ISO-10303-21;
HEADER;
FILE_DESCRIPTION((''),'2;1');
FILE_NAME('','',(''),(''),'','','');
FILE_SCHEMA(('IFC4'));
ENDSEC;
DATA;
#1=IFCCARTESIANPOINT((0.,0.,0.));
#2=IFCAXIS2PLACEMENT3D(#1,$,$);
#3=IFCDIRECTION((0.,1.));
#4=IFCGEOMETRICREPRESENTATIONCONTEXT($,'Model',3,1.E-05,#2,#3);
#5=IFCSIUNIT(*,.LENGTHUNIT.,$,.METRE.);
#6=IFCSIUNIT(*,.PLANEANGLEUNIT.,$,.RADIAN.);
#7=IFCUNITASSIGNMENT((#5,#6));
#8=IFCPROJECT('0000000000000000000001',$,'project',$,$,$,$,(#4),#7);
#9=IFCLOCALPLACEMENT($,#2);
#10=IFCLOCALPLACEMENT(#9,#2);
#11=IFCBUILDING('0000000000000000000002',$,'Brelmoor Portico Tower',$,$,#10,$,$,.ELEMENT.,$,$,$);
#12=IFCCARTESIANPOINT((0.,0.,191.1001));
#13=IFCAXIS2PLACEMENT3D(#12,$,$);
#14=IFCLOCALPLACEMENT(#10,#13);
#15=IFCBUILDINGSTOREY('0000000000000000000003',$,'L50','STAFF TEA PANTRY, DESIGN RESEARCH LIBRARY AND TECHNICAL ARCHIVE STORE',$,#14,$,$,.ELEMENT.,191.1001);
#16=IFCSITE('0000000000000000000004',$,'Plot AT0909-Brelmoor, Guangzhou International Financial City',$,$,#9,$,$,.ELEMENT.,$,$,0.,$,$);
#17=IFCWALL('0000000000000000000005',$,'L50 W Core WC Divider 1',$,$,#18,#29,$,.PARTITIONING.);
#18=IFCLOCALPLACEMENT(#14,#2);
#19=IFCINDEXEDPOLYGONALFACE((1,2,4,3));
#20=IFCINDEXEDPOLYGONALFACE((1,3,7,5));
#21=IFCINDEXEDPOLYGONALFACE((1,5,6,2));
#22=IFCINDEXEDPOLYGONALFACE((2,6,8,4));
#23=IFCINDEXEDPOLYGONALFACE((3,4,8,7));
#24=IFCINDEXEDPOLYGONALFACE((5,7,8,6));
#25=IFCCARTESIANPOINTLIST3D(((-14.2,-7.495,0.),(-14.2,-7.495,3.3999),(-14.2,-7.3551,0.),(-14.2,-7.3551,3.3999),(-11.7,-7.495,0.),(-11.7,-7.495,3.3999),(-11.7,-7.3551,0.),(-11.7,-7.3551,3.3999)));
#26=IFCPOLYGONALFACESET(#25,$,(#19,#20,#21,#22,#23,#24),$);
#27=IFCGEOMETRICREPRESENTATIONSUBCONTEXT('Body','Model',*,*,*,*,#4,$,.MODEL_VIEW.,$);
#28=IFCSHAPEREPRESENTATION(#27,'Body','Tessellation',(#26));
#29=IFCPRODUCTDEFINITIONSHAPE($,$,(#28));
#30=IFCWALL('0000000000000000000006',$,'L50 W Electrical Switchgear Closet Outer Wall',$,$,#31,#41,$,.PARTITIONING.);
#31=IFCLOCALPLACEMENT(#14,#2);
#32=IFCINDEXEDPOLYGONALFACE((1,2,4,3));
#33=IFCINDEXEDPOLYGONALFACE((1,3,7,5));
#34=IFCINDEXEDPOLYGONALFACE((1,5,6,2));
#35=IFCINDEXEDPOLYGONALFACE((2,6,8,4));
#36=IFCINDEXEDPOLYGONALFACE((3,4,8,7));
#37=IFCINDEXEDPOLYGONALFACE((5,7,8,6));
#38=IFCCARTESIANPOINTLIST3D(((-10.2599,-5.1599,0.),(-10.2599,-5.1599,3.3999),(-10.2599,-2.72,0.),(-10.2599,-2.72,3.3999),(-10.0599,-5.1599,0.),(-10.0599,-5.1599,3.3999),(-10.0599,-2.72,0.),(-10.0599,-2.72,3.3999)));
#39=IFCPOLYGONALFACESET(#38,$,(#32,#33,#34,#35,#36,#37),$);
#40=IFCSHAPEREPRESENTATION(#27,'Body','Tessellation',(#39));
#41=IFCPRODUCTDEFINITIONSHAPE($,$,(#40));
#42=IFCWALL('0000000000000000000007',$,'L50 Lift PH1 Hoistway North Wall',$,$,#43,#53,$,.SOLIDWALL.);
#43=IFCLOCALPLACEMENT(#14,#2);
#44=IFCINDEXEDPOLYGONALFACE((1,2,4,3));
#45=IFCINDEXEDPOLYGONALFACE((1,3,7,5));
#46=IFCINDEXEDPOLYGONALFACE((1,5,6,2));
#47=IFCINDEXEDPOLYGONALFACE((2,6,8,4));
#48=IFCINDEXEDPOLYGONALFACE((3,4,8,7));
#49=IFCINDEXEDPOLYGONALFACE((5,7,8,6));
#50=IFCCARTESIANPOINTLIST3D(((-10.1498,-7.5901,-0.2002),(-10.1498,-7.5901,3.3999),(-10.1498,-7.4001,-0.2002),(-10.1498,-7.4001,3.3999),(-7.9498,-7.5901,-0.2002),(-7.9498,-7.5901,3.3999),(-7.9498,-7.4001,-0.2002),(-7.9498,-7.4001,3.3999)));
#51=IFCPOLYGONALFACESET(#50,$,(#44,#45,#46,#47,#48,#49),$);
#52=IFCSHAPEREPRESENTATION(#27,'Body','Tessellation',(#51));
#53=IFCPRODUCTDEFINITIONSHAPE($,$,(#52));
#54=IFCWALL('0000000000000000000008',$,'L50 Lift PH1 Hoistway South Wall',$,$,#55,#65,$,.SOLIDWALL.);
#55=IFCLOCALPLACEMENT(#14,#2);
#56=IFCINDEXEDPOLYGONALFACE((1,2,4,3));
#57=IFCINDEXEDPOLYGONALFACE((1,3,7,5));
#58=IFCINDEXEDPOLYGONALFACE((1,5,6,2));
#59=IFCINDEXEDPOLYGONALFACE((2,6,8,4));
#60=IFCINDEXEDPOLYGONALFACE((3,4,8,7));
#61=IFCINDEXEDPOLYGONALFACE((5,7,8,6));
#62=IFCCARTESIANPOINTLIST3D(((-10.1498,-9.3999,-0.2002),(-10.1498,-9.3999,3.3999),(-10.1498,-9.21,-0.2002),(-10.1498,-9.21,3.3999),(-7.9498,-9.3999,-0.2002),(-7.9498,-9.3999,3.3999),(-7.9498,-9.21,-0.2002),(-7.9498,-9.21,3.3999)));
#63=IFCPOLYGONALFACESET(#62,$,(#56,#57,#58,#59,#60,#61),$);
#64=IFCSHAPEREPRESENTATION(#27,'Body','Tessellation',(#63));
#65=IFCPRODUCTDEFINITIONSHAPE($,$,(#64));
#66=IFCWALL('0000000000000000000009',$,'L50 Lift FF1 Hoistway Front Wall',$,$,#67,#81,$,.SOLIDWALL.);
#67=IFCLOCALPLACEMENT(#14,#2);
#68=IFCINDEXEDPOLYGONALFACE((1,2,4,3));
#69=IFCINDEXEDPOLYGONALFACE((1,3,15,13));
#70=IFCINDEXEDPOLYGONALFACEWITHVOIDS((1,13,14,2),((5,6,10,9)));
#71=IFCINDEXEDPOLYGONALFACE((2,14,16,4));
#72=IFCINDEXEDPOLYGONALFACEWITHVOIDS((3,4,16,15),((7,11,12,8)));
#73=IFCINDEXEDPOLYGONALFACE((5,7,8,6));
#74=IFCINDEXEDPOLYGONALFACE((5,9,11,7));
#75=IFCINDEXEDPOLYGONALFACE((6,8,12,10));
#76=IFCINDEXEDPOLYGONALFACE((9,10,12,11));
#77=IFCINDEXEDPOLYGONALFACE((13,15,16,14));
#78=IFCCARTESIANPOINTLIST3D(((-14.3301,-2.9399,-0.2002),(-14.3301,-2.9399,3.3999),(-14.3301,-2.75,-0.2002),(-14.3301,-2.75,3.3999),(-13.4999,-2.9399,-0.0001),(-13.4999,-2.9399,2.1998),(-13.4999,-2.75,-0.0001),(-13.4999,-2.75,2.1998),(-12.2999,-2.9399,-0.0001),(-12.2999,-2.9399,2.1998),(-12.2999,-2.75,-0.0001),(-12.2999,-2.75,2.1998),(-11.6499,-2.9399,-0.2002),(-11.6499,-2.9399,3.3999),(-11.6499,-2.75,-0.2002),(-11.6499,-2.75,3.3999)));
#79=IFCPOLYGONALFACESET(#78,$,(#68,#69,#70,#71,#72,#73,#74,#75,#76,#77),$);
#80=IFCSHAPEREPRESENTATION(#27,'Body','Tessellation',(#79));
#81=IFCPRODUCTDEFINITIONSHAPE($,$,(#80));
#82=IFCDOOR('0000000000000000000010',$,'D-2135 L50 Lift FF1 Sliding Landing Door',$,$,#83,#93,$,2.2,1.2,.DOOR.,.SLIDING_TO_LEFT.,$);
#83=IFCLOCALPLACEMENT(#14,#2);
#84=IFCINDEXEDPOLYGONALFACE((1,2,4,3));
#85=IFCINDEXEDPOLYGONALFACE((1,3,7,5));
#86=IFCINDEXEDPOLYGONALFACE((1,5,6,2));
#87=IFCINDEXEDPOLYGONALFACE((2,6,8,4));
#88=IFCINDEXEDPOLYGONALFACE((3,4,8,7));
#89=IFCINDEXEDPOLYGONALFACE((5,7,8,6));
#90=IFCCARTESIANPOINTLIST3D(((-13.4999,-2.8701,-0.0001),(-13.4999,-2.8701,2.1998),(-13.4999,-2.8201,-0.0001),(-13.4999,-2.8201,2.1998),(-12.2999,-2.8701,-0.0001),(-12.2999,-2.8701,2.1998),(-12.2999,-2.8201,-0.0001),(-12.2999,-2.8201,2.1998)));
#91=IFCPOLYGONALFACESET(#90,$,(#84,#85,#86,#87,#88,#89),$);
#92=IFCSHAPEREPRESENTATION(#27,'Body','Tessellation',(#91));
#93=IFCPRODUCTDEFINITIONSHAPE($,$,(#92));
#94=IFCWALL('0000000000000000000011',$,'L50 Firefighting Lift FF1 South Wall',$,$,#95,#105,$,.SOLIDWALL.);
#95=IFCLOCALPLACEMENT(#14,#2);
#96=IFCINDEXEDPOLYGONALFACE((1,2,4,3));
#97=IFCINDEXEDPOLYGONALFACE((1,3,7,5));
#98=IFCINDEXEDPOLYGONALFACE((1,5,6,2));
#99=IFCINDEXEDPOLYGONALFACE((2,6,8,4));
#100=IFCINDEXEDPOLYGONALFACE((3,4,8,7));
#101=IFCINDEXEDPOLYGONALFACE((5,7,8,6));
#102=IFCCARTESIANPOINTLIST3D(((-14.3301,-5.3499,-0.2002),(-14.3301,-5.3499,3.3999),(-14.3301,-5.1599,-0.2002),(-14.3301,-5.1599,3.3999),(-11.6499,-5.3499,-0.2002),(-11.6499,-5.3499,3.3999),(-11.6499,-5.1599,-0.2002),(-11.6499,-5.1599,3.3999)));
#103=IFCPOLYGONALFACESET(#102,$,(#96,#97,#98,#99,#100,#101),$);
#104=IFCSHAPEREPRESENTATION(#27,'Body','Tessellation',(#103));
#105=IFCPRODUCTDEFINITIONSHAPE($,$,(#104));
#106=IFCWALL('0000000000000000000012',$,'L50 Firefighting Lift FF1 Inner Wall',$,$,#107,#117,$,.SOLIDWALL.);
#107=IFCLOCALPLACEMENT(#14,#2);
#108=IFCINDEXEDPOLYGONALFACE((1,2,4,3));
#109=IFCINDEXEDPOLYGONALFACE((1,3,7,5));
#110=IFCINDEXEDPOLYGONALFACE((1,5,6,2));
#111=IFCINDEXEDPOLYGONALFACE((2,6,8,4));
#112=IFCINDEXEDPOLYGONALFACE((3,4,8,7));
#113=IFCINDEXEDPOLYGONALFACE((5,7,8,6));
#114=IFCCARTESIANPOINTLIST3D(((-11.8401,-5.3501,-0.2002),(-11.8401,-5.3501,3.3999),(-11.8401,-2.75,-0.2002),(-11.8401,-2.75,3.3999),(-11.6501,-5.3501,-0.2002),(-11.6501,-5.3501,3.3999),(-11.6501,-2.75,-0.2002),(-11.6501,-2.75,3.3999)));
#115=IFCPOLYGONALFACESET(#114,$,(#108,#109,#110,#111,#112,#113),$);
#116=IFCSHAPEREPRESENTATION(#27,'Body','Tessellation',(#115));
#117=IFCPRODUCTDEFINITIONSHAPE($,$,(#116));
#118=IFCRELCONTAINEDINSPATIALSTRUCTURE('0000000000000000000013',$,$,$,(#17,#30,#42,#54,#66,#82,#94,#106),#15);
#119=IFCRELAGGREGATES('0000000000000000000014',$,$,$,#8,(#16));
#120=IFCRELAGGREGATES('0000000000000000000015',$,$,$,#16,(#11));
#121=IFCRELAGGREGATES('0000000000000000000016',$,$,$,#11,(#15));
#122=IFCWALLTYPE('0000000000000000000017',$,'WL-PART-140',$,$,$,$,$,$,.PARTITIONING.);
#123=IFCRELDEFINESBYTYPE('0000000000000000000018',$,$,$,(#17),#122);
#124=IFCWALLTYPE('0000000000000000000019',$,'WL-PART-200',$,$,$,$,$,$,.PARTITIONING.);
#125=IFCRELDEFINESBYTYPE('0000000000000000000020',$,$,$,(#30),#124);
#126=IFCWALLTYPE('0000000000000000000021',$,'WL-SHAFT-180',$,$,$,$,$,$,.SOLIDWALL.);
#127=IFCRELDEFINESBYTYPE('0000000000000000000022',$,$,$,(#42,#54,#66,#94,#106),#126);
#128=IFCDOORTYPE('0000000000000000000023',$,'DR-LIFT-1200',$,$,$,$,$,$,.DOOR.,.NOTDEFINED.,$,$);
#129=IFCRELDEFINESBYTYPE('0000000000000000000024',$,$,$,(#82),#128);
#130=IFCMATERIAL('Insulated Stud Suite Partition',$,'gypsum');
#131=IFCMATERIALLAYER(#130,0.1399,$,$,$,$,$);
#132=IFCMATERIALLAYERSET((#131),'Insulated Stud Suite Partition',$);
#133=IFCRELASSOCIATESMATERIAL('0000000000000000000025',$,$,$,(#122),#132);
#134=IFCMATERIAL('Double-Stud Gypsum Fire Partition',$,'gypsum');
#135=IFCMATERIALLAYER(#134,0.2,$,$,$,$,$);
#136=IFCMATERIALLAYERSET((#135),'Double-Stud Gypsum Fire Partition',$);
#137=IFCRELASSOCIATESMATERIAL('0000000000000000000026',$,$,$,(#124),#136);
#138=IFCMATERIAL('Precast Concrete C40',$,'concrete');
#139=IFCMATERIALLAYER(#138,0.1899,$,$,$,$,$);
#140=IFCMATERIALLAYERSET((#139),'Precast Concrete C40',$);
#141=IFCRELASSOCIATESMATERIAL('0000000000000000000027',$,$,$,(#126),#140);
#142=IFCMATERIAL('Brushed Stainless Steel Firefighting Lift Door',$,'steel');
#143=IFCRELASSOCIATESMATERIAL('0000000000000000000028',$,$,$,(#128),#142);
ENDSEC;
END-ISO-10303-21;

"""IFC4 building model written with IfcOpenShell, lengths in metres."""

from ifc_helpers import new_model, si_unit, direction, frame, frame_2d, origin, place, context, subcontext, project, spatial, rectangle, extrude, material, layer, layer_set, type_object, element, fill, save


model = new_model("IFC4")

# Units and contexts
model_context = context("Model", 3, precision=1e-05, world=origin(), true_north=direction((0.0, 1.0)))
body_context = subcontext(model_context, "Body", "Model", "MODEL_VIEW")
ifc_project = project(units=[si_unit("LENGTHUNIT", "METRE"), si_unit("PLANEANGLEUNIT", "RADIAN")], contexts=[model_context])

# Site, building, storey
site_placement = place(None, origin())
site = spatial("IfcSite", under=ifc_project, at=site_placement, Name="Plot AT0909-Brelmoor, Guangzhou International Financial City", CompositionType="ELEMENT", RefElevation=0.0)
building_placement = place(site_placement, origin())
building = spatial("IfcBuilding", under=site, at=building_placement, Name="Brelmoor Portico Tower", CompositionType="ELEMENT")
storey_placement = place(building_placement, frame((0.0, 0.0, 191.1001)))
storey = spatial("IfcBuildingStorey", under=building, at=storey_placement, Name="L50", Description="STAFF TEA PANTRY, DESIGN RESEARCH LIBRARY AND TECHNICAL ARCHIVE STORE", CompositionType="ELEMENT", Elevation=191.1001)

# Wall
ifc_material_1 = material(Name="Insulated Stud Suite Partition", Category="gypsum")
ifc_layer_1 = layer(ifc_material_1, 0.1399)
ifc_layer_set_1 = layer_set([ifc_layer_1], Name="Insulated Stud Suite Partition")
wall_type_1 = type_object("IfcWallType", Name="WL-PART-140", PredefinedType="PARTITIONING", material=ifc_layer_set_1)
wall_1_placement = place(storey_placement, frame((-11.7, -7.425, 0.0), z_axis=(0.0, 0.0, 1.0), x_axis=(-1.0, 0.0, 0.0)))
element("IfcWall", 1, at=wall_1_placement, inside=storey, type_object=wall_type_1, Name="L50 W Core WC Divider 1", PredefinedType="PARTITIONING", context=body_context, shape_type="SweptSolid", body=[
    extrude(rectangle(XDim=2.5, YDim=0.1399, at=frame_2d((1.25, 0.0))), origin(), (0.0, 0.0, 1.0), 3.3999),
])

# Shared definitions
ifc_material_2 = material(Name="Double-Stud Gypsum Fire Partition", Category="gypsum")
ifc_layer_2 = layer(ifc_material_2, 0.2)
ifc_layer_set_2 = layer_set([ifc_layer_2], Name="Double-Stud Gypsum Fire Partition")
wall_type_2 = type_object("IfcWallType", Name="WL-PART-200", PredefinedType="PARTITIONING", material=ifc_layer_set_2)

# Walls
wall_2_placement = place(storey_placement, frame((-10.1599, -5.1599, 0.0), z_axis=(0.0, 0.0, 1.0), x_axis=(0.0, 1.0, 0.0)))
element("IfcWall", 2, at=wall_2_placement, inside=storey, type_object=wall_type_2, Name="L50 W Electrical Switchgear Closet Outer Wall", PredefinedType="PARTITIONING", context=body_context, shape_type="SweptSolid", body=[
    extrude(rectangle(XDim=2.4399, YDim=0.2, at=frame_2d((1.22, 0.0))), origin(), (0.0, 0.0, 1.0), 3.3999),
])
ifc_material_3 = material(Name="Precast Concrete C40", Category="concrete")
ifc_layer_3 = layer(ifc_material_3, 0.1899)
ifc_layer_set_3 = layer_set([ifc_layer_3], Name="Precast Concrete C40")
wall_type_3 = type_object("IfcWallType", Name="WL-SHAFT-180", PredefinedType="SOLIDWALL", material=ifc_layer_set_3)
for number, where, z_axis, x_axis, name in (
    (3, (-10.1499, -7.4951, -0.2002), (0.0, 0.0, 1.0), (1.0, 0.0, 0.0), "L50 Lift PH1 Hoistway North Wall"),
    (4, (-10.1499, -9.3049, -0.2002), (0.0, 0.0, 1.0), (1.0, 0.0, 0.0), "L50 Lift PH1 Hoistway South Wall"),
):
    element("IfcWall", number, at=place(storey_placement, frame(where, z_axis=z_axis, x_axis=x_axis)), inside=storey, type_object=wall_type_3, Name=name, PredefinedType="SOLIDWALL", context=body_context, shape_type="SweptSolid", body=[
        extrude(rectangle(XDim=2.2, YDim=0.1899, at=frame_2d((1.1001, 0.0))), origin(), (0.0, 0.0, 1.0), 3.6001),
    ])

# Wall, opening, door
wall_3_placement = place(storey_placement, frame((-14.3301, -2.845, -0.2002), z_axis=(0.0, 0.0, 1.0), x_axis=(1.0, 0.0, 0.0)))
wall_3 = element("IfcWall", 5, at=wall_3_placement, inside=storey, type_object=wall_type_3, Name="L50 Lift FF1 Hoistway Front Wall", PredefinedType="SOLIDWALL", context=body_context, shape_type="SweptSolid", body=[
    extrude(rectangle(XDim=2.6802, YDim=0.1899, at=frame_2d((1.3401, 0.0))), origin(), (0.0, 0.0, 1.0), 3.6001),
])
opening_1_placement = place(wall_3_placement, frame((0.8301, 0.0, 0.2)))
opening_1 = element("IfcOpeningElement", 6, at=opening_1_placement, cuts=wall_3, PredefinedType="OPENING", context=body_context, shape_type="SweptSolid", body=[
    extrude(rectangle(XDim=1.2, YDim=2.2, at=frame_2d((0.6001, 1.1001))), frame((0.0, 0.105, 0.0), z_axis=(0.0, -1.0, 0.0), x_axis=(1.0, 0.0, 0.0)), (0.0, 0.0, 1.0), 0.21),
])
ifc_material_4 = material(Name="Brushed Stainless Steel Firefighting Lift Door", Category="steel")
door_type_1 = type_object("IfcDoorType", Name="DR-LIFT-1200", OperationType="NOTDEFINED", PredefinedType="DOOR", material=ifc_material_4)
door_1_placement = place(opening_1_placement, origin())
door_1 = element("IfcDoor", 7, at=door_1_placement, inside=storey, type_object=door_type_1, Name="D-2135 L50 Lift FF1 Sliding Landing Door", OperationType="SLIDING_TO_LEFT", OverallHeight=2.2, OverallWidth=1.2, PredefinedType="DOOR", context=body_context, shape_type="SweptSolid", body=[
    extrude(rectangle(XDim=1.2, YDim=2.2, at=frame_2d((0.6001, 1.1001))), frame((0.0, 0.0249, 0.0), z_axis=(0.0, -1.0, 0.0), x_axis=(1.0, 0.0, 0.0)), (0.0, 0.0, 1.0), 0.05),
])
fill(opening_1, door_1)

# Walls
wall_4_placement = place(storey_placement, frame((-14.3301, -5.2549, -0.2002), z_axis=(0.0, 0.0, 1.0), x_axis=(1.0, 0.0, 0.0)))
element("IfcWall", 8, at=wall_4_placement, inside=storey, type_object=wall_type_3, Name="L50 Firefighting Lift FF1 South Wall", PredefinedType="SOLIDWALL", context=body_context, shape_type="SweptSolid", body=[
    extrude(rectangle(XDim=2.6802, YDim=0.1899, at=frame_2d((1.3401, 0.0))), origin(), (0.0, 0.0, 1.0), 3.6001),
])
wall_5_placement = place(storey_placement, frame((-11.7451, -5.3501, -0.2002), z_axis=(0.0, 0.0, 1.0), x_axis=(0.0, 1.0, 0.0)))
element("IfcWall", 9, at=wall_5_placement, inside=storey, type_object=wall_type_3, Name="L50 Firefighting Lift FF1 Inner Wall", PredefinedType="SOLIDWALL", context=body_context, shape_type="SweptSolid", body=[
    extrude(rectangle(XDim=2.6001, YDim=0.1899, at=frame_2d((1.3, 0.0))), origin(), (0.0, 0.0, 1.0), 3.6001),
])

save(model, "model.ifc")
